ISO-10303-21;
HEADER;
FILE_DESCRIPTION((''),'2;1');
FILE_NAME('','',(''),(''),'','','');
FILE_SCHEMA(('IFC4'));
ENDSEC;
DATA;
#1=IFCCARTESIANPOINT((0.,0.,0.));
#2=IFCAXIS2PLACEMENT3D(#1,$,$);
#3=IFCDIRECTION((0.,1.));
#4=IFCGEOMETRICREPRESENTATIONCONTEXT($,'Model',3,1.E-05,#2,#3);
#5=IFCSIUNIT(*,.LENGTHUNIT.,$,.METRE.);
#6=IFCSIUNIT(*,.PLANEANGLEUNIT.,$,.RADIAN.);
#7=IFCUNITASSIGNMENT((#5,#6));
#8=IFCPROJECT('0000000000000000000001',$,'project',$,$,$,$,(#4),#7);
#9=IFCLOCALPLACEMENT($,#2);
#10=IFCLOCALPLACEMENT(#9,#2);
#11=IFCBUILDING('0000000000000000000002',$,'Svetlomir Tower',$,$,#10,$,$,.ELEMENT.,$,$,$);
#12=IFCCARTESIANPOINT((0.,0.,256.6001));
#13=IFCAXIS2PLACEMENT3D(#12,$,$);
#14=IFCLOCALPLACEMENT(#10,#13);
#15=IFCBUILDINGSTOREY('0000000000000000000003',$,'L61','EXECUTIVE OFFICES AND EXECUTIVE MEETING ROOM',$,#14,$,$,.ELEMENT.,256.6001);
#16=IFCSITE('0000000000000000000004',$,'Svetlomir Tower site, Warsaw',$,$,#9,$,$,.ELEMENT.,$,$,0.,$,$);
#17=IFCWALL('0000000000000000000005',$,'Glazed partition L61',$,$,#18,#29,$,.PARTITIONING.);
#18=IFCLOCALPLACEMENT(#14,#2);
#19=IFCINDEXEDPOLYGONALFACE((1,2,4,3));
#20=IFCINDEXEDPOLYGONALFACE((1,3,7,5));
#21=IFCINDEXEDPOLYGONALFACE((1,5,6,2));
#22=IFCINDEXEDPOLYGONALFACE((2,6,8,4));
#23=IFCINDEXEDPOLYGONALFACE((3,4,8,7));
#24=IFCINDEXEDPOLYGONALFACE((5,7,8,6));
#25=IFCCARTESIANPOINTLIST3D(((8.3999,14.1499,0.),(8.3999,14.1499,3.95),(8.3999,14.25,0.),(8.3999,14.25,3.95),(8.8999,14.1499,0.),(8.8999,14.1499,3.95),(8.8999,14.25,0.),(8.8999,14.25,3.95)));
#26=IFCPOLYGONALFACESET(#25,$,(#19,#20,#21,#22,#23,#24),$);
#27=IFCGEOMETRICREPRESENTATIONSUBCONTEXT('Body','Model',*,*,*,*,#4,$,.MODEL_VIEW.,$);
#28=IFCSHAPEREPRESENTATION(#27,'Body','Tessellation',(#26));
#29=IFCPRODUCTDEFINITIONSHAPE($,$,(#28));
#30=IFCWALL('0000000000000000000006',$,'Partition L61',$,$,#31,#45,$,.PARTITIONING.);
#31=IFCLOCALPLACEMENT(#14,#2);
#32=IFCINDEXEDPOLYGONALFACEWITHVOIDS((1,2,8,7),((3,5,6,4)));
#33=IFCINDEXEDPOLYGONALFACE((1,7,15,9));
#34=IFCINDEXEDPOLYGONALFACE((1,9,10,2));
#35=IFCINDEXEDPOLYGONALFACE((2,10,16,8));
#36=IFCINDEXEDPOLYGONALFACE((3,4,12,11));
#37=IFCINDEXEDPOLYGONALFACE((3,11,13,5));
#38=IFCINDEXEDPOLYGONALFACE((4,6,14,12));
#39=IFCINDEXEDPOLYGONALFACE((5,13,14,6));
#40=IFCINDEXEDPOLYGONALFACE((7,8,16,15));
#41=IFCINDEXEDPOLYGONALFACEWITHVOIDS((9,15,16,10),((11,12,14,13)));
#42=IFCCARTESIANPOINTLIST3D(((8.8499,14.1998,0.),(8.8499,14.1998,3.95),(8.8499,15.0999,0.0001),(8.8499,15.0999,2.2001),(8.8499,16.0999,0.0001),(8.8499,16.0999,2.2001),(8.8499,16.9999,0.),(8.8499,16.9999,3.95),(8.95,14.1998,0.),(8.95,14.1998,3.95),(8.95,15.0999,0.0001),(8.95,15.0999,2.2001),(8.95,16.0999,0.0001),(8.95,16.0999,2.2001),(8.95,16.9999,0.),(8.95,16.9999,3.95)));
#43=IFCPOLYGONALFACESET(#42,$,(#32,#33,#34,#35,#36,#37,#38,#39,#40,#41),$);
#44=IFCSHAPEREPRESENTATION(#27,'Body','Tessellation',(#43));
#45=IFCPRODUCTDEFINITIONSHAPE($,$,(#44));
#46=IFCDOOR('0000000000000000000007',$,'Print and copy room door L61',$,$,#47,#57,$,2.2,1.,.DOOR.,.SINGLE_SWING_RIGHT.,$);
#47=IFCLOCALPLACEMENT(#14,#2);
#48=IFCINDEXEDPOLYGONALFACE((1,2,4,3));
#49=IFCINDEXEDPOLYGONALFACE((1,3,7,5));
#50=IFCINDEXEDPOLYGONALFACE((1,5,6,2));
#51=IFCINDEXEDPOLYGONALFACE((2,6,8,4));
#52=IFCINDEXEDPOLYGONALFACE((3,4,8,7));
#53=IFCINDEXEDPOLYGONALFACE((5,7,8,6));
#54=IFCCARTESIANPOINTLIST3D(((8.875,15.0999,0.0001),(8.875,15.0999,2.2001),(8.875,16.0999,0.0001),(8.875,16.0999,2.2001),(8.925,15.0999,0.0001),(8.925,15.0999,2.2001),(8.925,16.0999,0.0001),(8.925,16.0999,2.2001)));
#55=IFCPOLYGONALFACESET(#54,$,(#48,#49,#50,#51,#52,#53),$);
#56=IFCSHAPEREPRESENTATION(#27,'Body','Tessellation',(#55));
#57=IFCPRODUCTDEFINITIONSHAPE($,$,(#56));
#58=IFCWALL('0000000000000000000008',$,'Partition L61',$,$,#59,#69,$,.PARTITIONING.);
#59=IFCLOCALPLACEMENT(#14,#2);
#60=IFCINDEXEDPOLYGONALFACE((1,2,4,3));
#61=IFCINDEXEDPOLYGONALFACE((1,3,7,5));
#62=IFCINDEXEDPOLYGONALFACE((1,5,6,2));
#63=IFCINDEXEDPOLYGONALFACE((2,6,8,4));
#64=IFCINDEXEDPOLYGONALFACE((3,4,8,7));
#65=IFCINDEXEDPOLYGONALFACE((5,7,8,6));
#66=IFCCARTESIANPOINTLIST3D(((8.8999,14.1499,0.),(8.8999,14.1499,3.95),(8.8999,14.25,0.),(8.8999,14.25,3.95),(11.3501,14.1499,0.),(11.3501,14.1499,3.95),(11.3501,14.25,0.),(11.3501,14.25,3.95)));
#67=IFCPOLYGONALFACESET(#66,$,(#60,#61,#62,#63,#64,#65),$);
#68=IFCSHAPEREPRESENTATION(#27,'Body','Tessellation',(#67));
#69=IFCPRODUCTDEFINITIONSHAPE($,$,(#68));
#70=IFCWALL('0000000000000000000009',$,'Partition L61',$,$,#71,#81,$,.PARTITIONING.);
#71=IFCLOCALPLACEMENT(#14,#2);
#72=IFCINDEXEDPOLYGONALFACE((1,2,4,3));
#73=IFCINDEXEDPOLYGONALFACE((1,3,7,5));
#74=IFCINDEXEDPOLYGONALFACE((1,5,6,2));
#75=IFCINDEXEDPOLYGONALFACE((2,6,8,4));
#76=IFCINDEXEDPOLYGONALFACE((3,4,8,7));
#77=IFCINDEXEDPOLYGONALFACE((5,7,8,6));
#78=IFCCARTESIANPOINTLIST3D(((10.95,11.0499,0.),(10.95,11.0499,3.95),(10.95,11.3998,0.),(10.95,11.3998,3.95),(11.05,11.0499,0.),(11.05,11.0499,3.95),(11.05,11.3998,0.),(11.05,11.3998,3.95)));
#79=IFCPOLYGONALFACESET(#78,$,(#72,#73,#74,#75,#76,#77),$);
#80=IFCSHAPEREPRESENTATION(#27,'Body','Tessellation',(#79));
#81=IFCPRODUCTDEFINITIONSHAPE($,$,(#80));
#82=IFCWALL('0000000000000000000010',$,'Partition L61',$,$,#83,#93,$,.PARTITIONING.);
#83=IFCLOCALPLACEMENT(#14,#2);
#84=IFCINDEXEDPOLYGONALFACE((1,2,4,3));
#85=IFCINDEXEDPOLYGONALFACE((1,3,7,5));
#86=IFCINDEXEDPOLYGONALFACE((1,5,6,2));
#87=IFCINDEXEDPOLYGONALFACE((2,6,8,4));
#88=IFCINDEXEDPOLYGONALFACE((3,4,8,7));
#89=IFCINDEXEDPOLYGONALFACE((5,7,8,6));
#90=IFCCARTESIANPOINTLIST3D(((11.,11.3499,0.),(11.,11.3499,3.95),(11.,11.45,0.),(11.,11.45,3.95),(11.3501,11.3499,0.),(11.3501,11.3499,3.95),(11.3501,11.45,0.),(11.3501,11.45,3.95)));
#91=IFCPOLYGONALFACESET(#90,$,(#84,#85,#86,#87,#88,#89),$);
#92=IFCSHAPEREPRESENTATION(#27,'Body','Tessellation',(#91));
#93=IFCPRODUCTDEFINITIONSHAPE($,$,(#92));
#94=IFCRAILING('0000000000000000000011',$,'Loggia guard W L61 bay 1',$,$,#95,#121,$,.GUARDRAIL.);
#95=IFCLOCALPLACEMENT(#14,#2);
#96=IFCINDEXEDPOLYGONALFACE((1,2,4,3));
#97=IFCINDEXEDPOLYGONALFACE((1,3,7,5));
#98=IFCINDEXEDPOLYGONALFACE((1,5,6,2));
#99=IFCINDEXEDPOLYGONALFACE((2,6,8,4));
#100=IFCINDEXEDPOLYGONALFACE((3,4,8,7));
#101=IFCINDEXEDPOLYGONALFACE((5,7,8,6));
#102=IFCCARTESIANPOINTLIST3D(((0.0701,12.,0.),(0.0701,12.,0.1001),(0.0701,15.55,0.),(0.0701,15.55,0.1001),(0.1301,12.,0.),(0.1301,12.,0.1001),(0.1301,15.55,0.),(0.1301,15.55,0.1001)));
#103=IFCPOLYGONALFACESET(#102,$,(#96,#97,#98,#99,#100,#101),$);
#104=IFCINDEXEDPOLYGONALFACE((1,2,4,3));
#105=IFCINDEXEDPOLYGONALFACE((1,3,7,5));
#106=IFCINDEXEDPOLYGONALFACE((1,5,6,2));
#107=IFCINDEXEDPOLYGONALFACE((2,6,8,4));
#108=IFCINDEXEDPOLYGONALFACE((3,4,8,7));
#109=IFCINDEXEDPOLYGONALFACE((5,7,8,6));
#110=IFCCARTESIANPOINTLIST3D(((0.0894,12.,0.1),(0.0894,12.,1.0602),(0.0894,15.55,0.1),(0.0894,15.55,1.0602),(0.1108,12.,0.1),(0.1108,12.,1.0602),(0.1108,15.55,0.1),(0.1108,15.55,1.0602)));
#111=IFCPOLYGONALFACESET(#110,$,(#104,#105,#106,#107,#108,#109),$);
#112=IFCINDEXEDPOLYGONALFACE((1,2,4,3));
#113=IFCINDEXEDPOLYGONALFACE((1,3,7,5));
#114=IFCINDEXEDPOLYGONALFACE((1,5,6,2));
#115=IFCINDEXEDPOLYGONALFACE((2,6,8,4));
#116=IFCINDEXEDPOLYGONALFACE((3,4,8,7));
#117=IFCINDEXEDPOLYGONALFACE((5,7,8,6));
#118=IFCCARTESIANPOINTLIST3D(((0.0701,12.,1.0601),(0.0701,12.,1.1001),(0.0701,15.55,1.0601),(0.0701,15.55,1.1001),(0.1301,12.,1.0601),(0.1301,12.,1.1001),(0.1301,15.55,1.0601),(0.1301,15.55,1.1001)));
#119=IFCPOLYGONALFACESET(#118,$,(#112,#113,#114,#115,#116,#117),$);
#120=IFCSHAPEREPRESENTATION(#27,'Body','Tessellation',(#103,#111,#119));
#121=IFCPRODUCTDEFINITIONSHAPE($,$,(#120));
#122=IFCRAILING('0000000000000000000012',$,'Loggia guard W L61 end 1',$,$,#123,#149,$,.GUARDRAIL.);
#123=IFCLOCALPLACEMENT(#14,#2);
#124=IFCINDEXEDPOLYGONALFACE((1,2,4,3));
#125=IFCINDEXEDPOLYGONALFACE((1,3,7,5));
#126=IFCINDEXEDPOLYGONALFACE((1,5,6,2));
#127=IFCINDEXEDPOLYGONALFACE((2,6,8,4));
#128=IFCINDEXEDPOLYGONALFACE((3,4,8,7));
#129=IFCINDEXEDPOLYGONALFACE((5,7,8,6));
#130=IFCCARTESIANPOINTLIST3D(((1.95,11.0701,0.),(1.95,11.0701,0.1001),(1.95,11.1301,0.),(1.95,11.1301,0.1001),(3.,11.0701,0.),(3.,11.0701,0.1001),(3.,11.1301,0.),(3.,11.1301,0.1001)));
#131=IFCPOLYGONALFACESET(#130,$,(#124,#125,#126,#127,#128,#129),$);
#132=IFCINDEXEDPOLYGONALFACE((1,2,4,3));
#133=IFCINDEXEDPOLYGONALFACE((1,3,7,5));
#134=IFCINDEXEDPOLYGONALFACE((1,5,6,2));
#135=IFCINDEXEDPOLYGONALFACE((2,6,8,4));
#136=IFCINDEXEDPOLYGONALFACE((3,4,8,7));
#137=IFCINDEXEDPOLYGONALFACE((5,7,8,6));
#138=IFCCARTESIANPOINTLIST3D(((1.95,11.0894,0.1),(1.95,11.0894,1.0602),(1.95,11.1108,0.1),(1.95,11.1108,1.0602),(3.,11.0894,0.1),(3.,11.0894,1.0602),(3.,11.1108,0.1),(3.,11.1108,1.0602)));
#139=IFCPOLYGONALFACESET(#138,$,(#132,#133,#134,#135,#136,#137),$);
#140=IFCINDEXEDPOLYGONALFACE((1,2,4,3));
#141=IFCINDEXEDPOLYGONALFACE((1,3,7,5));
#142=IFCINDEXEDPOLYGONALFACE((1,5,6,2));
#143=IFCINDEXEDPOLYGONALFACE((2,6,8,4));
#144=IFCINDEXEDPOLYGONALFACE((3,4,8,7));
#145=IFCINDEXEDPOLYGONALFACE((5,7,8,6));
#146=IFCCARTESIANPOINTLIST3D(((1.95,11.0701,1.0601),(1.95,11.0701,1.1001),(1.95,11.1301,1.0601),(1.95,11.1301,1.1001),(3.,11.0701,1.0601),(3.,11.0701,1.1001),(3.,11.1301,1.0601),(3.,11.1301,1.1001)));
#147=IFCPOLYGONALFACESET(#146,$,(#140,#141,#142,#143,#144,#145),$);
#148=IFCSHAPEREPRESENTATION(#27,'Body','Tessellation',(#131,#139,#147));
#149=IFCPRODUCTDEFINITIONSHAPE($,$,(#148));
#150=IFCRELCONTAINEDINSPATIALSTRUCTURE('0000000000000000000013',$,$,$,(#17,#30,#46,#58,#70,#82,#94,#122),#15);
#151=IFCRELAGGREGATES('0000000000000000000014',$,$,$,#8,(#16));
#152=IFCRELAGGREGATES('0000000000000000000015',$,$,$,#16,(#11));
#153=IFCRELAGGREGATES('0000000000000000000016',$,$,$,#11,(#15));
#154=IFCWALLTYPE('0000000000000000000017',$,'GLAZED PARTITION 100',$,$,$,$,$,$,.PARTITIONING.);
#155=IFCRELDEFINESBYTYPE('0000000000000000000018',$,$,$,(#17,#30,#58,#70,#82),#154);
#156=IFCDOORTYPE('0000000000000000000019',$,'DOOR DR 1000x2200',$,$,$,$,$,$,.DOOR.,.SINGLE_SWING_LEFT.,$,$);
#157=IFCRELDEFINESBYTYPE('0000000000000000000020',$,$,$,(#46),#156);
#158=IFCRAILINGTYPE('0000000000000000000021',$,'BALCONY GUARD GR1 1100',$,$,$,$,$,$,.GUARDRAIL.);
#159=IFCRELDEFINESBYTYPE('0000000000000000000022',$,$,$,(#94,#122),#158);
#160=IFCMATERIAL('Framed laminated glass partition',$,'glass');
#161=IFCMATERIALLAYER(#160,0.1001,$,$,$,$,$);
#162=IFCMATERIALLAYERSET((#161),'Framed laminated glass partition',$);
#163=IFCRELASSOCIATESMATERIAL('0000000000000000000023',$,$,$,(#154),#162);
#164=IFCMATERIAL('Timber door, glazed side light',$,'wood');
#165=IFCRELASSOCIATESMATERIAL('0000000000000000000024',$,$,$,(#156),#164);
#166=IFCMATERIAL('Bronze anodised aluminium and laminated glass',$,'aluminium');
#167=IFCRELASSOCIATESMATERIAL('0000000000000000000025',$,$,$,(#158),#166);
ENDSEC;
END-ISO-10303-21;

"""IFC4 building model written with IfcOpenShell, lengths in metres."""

from ifc_helpers import new_model, si_unit, direction, frame, frame_2d, origin, origin_2d, place, context, subcontext, project, spatial, rectangle, extrude, material, layer, layer_set, type_object, element, fill, save


model = new_model("IFC4")

# Units and contexts
model_context = context("Model", 3, precision=1e-05, world=origin(), true_north=direction((0.0, 1.0)))
body_context = subcontext(model_context, "Body", "Model", "MODEL_VIEW")
ifc_project = project(units=[si_unit("LENGTHUNIT", "METRE"), si_unit("PLANEANGLEUNIT", "RADIAN")], contexts=[model_context])

# Site, building, storey
site_placement = place(None, origin())
site = spatial("IfcSite", under=ifc_project, at=site_placement, Name="Svetlomir Tower site, Warsaw", CompositionType="ELEMENT", RefElevation=0.0)
building_placement = place(site_placement, origin())
building = spatial("IfcBuilding", under=site, at=building_placement, Name="Svetlomir Tower", CompositionType="ELEMENT")
storey_placement = place(building_placement, frame((0.0, 0.0, 256.6001)))
storey = spatial("IfcBuildingStorey", under=building, at=storey_placement, Name="L61", Description="EXECUTIVE OFFICES AND EXECUTIVE MEETING ROOM", CompositionType="ELEMENT", Elevation=256.6001)

# Shared definitions
ifc_material_1 = material(Name="Framed laminated glass partition", Category="glass")
ifc_layer_1 = layer(ifc_material_1, 0.1001)
ifc_layer_set_1 = layer_set([ifc_layer_1], Name="Framed laminated glass partition")
wall_type_1 = type_object("IfcWallType", Name="GLAZED PARTITION 100", PredefinedType="PARTITIONING", material=ifc_layer_set_1)
ifc_material_2 = material(Name="Timber door, glazed side light", Category="wood")
door_type_1 = type_object("IfcDoorType", Name="DOOR DR 1000x2200", OperationType="SINGLE_SWING_LEFT", PredefinedType="DOOR", material=ifc_material_2)

# Wall
wall_1_placement = place(storey_placement, frame((8.3999, 14.2, 0.0), z_axis=(0.0, 0.0, 1.0), x_axis=(1.0, 0.0, 0.0)))
element("IfcWall", 1, at=wall_1_placement, inside=storey, type_object=wall_type_1, Name="Glazed partition L61", PredefinedType="PARTITIONING", context=body_context, shape_type="SweptSolid", body=[
    extrude(rectangle(XDim=0.5, YDim=0.1001, at=frame_2d((0.25, 0.0))), origin(), (0.0, 0.0, 1.0), 3.95),
])

# Wall, opening, door
wall_2_placement = place(storey_placement, frame((8.8999, 14.2, 0.0), z_axis=(0.0, 0.0, 1.0), x_axis=(0.0, 1.0, 0.0)))
wall_2 = element("IfcWall", 2, at=wall_2_placement, inside=storey, type_object=wall_type_1, Name="Partition L61", PredefinedType="PARTITIONING", context=body_context, shape_type="SweptSolid", body=[
    extrude(rectangle(XDim=2.8, YDim=0.1001, at=frame_2d((1.3999, 0.0))), origin(), (0.0, 0.0, 1.0), 3.95),
])
opening_1_placement = place(wall_2_placement, frame((0.8999, 0.0, 0.0)))
opening_1 = element("IfcOpeningElement", 3, at=opening_1_placement, cuts=wall_2, PredefinedType="OPENING", context=body_context, shape_type="SweptSolid", body=[
    extrude(rectangle(XDim=1.0, YDim=2.2, at=frame_2d((0.5, 1.1001))), frame((0.0, 0.0601, 0.0), z_axis=(0.0, -1.0, 0.0), x_axis=(1.0, 0.0, 0.0)), (0.0, 0.0, 1.0), 0.1201),
])
door_1_placement = place(opening_1_placement, origin())
door_1 = element("IfcDoor", 4, at=door_1_placement, inside=storey, type_object=door_type_1, Name="Print and copy room door L61", OperationType="SINGLE_SWING_RIGHT", OverallHeight=2.2, OverallWidth=1.0, PredefinedType="DOOR", context=body_context, shape_type="SweptSolid", body=[
    extrude(rectangle(XDim=1.0, YDim=2.2, at=frame_2d((0.5, 1.1001))), frame((0.0, 0.0249, 0.0), z_axis=(0.0, -1.0, 0.0), x_axis=(1.0, 0.0, 0.0)), (0.0, 0.0, 1.0), 0.05),
])
fill(opening_1, door_1)

# Walls
wall_3_placement = place(storey_placement, frame((8.8999, 14.2, 0.0), z_axis=(0.0, 0.0, 1.0), x_axis=(1.0, 0.0, 0.0)))
element("IfcWall", 5, at=wall_3_placement, inside=storey, type_object=wall_type_1, Name="Partition L61", PredefinedType="PARTITIONING", context=body_context, shape_type="SweptSolid", body=[
    extrude(rectangle(XDim=2.4502, YDim=0.1001, at=frame_2d((1.2251, 0.0))), origin(), (0.0, 0.0, 1.0), 3.95),
])
wall_4_placement = place(storey_placement, frame((11.0, 11.05, 0.0), z_axis=(0.0, 0.0, 1.0), x_axis=(0.0, 1.0, 0.0)))
element("IfcWall", 6, at=wall_4_placement, inside=storey, type_object=wall_type_1, Name="Partition L61", PredefinedType="PARTITIONING", context=body_context, shape_type="SweptSolid", body=[
    extrude(rectangle(XDim=0.3499, YDim=0.1001, at=frame_2d((0.1748, 0.0))), origin(), (0.0, 0.0, 1.0), 3.95),
])
wall_5_placement = place(storey_placement, frame((11.0, 11.3999, 0.0), z_axis=(0.0, 0.0, 1.0), x_axis=(1.0, 0.0, 0.0)))
element("IfcWall", 7, at=wall_5_placement, inside=storey, type_object=wall_type_1, Name="Partition L61", PredefinedType="PARTITIONING", context=body_context, shape_type="SweptSolid", body=[
    extrude(rectangle(XDim=0.3501, YDim=0.1001, at=frame_2d((0.175, 0.0))), origin(), (0.0, 0.0, 1.0), 3.95),
])

# Railings
ifc_material_3 = material(Name="Bronze anodised aluminium and laminated glass", Category="aluminium")
railing_type = type_object("IfcRailingType", Name="BALCONY GUARD GR1 1100", PredefinedType="GUARDRAIL", material=ifc_material_3)
railing_1_placement = place(storey_placement, frame((0.1001, 12.0, 0.0)))
element("IfcRailing", 8, at=railing_1_placement, inside=storey, type_object=railing_type, Name="Loggia guard W L61 bay 1", PredefinedType="GUARDRAIL", context=body_context, shape_type="SweptSolid", body=[
    extrude(rectangle(XDim=0.0601, YDim=0.1001, at=origin_2d()), frame((0.0, 0.0, 0.05), z_axis=(0.0, 1.0, 0.0), x_axis=(-1.0, 0.0, 0.0)), (0.0, 0.0, 1.0), 3.55),
    extrude(rectangle(XDim=0.0215, YDim=0.9602, at=origin_2d()), frame((0.0, 0.0, 0.5801), z_axis=(0.0, 1.0, 0.0), x_axis=(-1.0, 0.0, 0.0)), (0.0, 0.0, 1.0), 3.55),
    extrude(rectangle(XDim=0.0601, YDim=0.04, at=origin_2d()), frame((0.0, 0.0, 1.0801), z_axis=(0.0, 1.0, 0.0), x_axis=(-1.0, 0.0, 0.0)), (0.0, 0.0, 1.0), 3.55),
])
railing_2_placement = place(storey_placement, frame((1.95, 11.1001, 0.0)))
element("IfcRailing", 9, at=railing_2_placement, inside=storey, type_object=railing_type, Name="Loggia guard W L61 end 1", PredefinedType="GUARDRAIL", context=body_context, shape_type="SweptSolid", body=[
    extrude(rectangle(XDim=0.0601, YDim=0.1001, at=origin_2d()), frame((0.0, 0.0, 0.05), z_axis=(1.0, 0.0, 0.0), x_axis=(0.0, 1.0, 0.0)), (0.0, 0.0, 1.0), 1.05),
    extrude(rectangle(XDim=0.0215, YDim=0.9602, at=origin_2d()), frame((0.0, 0.0, 0.5801), z_axis=(1.0, 0.0, 0.0), x_axis=(0.0, 1.0, 0.0)), (0.0, 0.0, 1.0), 1.05),
    extrude(rectangle(XDim=0.0601, YDim=0.04, at=origin_2d()), frame((0.0, 0.0, 1.0801), z_axis=(1.0, 0.0, 0.0), x_axis=(0.0, 1.0, 0.0)), (0.0, 0.0, 1.0), 1.05),
])

save(model, "model.ifc")
